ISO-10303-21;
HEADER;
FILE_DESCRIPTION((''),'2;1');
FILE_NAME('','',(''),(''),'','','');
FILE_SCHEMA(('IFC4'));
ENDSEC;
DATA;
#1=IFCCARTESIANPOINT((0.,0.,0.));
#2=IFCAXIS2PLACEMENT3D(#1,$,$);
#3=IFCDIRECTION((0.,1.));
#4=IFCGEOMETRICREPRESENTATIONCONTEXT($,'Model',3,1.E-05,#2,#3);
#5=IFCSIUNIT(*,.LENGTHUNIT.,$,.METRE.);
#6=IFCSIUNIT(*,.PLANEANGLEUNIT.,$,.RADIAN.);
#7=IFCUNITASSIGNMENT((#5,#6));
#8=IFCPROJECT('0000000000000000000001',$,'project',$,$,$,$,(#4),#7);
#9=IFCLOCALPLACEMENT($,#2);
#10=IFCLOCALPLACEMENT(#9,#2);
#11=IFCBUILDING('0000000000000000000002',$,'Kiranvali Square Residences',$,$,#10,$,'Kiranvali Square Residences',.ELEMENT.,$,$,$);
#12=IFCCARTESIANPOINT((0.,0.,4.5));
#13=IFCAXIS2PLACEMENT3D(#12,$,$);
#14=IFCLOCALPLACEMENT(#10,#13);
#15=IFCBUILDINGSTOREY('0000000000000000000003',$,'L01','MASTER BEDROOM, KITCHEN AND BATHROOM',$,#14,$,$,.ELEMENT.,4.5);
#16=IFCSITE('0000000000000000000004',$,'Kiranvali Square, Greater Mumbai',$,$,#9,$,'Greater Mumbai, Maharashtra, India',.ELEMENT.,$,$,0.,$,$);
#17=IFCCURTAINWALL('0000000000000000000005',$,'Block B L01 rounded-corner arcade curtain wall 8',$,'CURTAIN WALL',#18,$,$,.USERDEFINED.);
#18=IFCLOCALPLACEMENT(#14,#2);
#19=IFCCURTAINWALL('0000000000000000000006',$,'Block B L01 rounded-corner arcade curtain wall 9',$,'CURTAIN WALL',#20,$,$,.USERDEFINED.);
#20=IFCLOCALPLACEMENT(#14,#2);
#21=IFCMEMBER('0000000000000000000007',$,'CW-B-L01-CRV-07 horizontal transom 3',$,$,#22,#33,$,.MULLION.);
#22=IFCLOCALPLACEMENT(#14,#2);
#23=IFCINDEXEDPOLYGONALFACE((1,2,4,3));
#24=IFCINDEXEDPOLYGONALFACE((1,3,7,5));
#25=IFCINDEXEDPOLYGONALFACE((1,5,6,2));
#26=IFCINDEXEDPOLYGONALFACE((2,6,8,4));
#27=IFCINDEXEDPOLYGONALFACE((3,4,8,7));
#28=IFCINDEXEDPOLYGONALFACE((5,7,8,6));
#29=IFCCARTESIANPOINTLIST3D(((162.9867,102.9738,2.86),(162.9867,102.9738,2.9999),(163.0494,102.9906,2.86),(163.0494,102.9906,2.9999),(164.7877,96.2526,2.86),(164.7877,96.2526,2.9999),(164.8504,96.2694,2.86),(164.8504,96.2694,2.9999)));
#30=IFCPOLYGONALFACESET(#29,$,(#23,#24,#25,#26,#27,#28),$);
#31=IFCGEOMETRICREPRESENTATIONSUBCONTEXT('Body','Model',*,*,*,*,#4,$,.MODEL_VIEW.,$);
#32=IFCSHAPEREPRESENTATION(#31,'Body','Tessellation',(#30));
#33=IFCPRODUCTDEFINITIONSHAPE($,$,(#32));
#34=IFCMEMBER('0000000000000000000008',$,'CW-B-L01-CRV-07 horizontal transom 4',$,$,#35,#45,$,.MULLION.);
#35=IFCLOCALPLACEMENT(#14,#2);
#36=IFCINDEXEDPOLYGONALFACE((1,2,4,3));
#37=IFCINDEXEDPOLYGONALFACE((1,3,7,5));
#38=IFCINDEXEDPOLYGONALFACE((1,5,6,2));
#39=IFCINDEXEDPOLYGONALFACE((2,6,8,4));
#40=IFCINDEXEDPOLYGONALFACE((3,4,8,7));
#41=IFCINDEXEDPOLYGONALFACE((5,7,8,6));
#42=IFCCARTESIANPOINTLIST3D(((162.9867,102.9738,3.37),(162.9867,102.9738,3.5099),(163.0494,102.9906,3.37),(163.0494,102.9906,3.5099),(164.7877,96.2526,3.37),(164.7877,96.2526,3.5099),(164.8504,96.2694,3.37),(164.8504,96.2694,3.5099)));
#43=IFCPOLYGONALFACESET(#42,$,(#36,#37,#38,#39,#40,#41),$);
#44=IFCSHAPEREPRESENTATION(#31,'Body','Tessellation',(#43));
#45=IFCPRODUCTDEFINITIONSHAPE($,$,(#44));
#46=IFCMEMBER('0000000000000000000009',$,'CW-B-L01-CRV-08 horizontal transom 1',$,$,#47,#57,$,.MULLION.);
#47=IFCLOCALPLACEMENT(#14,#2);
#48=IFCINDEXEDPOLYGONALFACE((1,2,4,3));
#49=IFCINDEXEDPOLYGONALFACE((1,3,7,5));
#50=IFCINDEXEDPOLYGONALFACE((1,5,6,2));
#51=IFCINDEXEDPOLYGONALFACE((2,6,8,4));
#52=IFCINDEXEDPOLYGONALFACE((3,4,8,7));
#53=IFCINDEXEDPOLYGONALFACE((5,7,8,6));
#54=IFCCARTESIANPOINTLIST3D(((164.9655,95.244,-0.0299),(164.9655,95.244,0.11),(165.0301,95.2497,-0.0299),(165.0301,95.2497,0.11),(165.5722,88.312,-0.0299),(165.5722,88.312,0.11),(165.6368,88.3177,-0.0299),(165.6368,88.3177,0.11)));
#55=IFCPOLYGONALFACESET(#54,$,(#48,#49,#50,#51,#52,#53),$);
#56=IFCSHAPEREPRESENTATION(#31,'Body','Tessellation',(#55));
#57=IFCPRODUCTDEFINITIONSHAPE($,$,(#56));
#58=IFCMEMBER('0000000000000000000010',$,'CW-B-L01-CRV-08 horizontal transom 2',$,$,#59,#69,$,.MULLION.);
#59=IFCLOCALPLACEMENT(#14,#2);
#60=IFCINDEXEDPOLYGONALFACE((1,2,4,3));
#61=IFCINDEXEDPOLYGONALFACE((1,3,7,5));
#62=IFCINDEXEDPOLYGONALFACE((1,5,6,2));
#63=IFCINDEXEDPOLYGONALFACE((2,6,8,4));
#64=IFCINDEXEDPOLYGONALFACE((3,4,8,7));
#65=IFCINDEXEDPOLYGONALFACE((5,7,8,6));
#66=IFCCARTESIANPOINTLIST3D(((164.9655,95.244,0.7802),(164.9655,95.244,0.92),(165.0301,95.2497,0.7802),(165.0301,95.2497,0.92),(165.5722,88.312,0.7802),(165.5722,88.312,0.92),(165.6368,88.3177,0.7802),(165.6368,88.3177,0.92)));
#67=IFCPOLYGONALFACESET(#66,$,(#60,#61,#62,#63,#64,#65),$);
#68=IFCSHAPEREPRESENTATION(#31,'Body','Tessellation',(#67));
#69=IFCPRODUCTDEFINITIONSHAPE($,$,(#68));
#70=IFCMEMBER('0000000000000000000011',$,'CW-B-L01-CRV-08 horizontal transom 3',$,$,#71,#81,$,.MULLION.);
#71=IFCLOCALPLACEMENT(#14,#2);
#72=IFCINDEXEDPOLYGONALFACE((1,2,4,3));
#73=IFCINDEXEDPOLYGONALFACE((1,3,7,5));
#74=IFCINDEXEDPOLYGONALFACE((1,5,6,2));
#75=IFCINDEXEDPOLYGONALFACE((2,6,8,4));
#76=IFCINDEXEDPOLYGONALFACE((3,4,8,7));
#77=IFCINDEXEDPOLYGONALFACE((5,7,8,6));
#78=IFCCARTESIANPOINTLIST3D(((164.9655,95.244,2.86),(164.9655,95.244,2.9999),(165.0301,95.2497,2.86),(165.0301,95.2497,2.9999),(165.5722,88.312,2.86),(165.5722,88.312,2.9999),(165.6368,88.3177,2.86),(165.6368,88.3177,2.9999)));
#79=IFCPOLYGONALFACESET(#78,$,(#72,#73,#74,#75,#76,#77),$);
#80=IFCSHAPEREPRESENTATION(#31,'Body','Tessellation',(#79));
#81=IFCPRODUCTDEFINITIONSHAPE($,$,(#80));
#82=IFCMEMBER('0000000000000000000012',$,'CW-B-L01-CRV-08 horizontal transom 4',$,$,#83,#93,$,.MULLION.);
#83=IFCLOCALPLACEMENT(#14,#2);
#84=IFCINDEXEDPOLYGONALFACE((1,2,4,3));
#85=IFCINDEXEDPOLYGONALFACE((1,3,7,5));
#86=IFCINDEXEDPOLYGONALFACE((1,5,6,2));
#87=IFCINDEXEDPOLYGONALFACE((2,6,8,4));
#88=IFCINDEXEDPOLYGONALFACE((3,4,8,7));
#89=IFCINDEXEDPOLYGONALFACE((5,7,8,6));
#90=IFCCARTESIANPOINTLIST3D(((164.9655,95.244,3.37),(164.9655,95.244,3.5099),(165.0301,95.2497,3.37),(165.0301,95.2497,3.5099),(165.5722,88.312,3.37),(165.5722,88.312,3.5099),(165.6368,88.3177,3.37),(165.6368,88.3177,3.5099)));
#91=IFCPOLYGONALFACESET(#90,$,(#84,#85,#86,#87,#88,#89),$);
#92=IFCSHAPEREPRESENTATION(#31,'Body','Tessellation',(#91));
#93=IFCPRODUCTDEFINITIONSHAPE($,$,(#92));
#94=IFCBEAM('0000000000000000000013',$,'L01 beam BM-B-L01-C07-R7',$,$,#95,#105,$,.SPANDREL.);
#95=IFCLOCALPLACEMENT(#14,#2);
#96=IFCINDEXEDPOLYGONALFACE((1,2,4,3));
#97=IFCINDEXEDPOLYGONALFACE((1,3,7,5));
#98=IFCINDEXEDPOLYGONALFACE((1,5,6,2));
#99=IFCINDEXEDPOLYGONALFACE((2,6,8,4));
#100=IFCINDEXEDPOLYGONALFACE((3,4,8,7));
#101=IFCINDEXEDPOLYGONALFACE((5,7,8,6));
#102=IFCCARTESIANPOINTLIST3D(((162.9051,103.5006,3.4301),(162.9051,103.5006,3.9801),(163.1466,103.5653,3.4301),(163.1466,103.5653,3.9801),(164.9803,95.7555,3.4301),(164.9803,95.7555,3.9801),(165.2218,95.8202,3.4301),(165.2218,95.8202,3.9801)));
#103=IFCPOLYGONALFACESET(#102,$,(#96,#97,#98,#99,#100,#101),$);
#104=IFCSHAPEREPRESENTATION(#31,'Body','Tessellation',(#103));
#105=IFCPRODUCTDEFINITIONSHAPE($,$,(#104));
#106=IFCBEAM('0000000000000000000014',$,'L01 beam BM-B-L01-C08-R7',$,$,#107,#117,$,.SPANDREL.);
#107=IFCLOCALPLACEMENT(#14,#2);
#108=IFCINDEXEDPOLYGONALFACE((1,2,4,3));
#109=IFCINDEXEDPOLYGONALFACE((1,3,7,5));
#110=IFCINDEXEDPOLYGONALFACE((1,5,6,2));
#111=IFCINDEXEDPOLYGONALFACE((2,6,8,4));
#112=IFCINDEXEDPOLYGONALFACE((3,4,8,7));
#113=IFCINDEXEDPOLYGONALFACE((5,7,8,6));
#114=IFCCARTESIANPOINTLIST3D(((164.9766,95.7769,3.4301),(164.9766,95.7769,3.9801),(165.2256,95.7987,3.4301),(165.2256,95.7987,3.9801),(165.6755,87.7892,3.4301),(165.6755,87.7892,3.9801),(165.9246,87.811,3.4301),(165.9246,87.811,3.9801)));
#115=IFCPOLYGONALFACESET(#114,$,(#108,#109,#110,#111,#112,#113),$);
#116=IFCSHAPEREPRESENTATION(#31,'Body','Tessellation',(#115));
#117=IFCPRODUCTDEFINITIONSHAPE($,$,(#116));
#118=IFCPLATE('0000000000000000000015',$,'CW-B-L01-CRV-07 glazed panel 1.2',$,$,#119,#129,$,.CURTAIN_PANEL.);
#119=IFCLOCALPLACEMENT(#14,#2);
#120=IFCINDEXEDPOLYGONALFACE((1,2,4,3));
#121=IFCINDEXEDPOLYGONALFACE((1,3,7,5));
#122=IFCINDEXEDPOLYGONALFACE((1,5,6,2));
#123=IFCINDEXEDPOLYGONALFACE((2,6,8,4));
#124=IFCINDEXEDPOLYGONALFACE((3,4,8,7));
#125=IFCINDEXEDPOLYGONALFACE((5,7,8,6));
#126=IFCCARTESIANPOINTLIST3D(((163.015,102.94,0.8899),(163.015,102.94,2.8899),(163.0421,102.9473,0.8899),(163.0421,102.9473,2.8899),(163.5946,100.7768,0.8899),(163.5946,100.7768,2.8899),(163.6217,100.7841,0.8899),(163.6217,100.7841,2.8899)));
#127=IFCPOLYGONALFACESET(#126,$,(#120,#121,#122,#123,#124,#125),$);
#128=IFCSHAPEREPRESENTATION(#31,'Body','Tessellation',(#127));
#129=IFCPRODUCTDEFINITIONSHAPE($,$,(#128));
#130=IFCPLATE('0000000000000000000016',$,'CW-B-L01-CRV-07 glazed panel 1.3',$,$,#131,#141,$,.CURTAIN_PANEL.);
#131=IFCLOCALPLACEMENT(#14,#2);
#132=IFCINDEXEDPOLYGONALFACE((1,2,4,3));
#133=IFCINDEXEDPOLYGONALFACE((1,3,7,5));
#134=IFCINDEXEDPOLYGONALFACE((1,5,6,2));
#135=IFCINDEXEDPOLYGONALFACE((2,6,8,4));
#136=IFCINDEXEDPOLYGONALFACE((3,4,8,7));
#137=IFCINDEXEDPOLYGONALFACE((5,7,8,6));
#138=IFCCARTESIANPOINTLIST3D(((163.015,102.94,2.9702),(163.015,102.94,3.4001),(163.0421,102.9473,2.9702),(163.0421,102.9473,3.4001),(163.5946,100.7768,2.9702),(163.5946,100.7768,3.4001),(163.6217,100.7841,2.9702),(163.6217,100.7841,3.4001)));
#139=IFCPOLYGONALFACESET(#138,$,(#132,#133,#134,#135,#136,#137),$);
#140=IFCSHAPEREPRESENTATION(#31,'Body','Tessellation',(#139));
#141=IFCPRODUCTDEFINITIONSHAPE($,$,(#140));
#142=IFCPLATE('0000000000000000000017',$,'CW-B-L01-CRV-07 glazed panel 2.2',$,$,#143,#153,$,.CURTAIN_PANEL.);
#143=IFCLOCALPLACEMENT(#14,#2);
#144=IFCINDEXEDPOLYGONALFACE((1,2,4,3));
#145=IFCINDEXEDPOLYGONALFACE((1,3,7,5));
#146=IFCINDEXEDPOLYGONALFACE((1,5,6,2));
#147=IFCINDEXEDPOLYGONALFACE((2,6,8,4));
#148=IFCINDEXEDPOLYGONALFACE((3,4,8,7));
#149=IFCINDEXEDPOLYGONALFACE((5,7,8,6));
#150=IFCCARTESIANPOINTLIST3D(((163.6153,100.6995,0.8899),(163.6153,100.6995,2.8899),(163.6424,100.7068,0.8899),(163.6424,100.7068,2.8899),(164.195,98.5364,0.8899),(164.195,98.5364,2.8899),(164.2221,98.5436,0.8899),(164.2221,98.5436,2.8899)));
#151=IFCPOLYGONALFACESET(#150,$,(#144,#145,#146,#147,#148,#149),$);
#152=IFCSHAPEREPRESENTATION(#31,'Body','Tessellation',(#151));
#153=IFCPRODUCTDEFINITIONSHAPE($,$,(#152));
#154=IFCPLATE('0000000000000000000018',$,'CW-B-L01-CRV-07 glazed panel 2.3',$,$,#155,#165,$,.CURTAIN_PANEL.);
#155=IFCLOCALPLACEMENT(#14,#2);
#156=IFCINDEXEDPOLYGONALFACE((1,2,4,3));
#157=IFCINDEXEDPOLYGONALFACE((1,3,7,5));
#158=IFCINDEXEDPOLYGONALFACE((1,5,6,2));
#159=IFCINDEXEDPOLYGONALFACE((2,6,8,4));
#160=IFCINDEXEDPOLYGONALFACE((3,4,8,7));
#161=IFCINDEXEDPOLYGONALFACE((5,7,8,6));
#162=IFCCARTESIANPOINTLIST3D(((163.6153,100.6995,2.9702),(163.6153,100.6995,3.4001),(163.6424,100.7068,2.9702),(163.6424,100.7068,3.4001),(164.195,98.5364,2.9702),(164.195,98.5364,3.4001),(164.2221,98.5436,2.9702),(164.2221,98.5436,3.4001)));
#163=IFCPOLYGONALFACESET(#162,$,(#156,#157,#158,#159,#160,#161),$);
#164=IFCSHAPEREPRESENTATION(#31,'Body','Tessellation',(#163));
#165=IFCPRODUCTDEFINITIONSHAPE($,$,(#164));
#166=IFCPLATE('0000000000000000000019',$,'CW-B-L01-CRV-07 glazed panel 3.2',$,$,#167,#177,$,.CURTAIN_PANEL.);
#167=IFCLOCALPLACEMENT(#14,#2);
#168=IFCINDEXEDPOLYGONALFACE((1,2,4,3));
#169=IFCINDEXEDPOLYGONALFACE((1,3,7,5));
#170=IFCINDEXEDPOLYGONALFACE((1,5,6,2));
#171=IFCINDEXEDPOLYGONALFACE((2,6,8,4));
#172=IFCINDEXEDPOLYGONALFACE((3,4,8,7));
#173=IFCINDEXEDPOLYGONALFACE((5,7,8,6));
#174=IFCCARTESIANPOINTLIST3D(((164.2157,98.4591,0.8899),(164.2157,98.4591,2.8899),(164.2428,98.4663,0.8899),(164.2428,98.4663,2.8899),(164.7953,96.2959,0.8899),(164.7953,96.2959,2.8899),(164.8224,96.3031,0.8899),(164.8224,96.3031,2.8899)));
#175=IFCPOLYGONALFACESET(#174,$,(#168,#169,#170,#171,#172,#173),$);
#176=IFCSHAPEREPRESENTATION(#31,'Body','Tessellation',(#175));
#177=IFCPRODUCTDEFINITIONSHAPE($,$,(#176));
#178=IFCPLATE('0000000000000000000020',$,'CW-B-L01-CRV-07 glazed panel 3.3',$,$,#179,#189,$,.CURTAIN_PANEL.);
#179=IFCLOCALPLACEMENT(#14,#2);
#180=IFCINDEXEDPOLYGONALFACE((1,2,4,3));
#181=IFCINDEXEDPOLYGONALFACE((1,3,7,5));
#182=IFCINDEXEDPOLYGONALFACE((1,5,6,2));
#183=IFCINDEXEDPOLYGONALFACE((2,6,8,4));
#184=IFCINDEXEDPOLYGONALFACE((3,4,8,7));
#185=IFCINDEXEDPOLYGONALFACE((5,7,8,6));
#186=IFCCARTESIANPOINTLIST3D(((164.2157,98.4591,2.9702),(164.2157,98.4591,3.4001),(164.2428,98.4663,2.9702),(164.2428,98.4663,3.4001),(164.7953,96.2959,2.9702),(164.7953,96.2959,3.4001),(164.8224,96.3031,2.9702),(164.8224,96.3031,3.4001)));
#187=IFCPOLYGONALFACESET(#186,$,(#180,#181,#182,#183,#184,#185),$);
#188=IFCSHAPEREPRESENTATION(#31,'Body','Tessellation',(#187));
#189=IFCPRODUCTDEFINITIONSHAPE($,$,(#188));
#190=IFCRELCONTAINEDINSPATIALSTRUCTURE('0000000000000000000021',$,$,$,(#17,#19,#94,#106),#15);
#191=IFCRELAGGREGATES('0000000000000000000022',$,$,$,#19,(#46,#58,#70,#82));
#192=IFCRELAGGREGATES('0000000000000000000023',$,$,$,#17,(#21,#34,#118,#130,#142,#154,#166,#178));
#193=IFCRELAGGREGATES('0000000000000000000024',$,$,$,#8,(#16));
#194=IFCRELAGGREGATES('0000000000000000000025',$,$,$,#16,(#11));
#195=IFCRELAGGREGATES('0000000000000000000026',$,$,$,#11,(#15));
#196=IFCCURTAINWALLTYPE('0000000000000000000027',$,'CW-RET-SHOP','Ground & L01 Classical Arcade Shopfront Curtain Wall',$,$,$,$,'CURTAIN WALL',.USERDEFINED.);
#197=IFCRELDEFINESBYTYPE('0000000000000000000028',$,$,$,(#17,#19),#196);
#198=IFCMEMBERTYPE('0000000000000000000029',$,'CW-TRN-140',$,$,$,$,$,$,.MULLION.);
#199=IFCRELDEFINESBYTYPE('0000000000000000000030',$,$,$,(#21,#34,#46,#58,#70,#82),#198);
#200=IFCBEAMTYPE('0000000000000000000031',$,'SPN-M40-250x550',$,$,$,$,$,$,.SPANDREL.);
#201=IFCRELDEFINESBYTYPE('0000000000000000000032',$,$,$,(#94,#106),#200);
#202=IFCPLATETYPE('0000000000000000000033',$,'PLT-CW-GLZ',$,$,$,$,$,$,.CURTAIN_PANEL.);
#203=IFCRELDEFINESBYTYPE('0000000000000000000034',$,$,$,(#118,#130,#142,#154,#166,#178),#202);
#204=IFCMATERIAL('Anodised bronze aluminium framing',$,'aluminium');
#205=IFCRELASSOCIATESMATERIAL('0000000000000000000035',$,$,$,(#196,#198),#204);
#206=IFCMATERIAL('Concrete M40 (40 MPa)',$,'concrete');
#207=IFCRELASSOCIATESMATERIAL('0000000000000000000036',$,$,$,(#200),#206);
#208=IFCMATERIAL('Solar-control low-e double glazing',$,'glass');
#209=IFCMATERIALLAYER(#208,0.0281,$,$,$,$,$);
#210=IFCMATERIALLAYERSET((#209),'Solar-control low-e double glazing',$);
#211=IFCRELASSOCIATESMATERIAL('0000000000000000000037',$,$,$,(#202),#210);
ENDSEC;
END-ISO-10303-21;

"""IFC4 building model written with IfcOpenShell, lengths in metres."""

from ifc_helpers import new_model, si_unit, direction, frame, origin, origin_2d, place, context, subcontext, project, spatial, rectangle, extrude, material, layer, layer_set, material_profile, profile_set, type_object, element, aggregate, save


model = new_model("IFC4")

# Units and contexts
model_context = context("Model", 3, precision=1e-05, world=origin(), true_north=direction((0.0, 1.0)))
body_context = subcontext(model_context, "Body", "Model", "MODEL_VIEW")
ifc_project = project(units=[si_unit("LENGTHUNIT", "METRE"), si_unit("PLANEANGLEUNIT", "RADIAN")], contexts=[model_context])

# Site, building, storey
site_placement = place(None, origin())
site = spatial("IfcSite", under=ifc_project, at=site_placement, Name="Kiranvali Square, Greater Mumbai", LongName="Greater Mumbai, Maharashtra, India", CompositionType="ELEMENT", RefElevation=0.0)
building_placement = place(site_placement, origin())
building = spatial("IfcBuilding", under=site, at=building_placement, Name="Kiranvali Square Residences", LongName="Kiranvali Square Residences", CompositionType="ELEMENT")
storey_placement = place(building_placement, frame((0.0, 0.0, 4.5)))
storey = spatial("IfcBuildingStorey", under=building, at=storey_placement, Name="L01", Description="MASTER BEDROOM, KITCHEN AND BATHROOM", CompositionType="ELEMENT", Elevation=4.5)

# Shared definitions
ifc_material_1 = material(Name="Concrete M40 (40 MPa)", Category="concrete")

# Shared definitions
ifc_material_2 = material(Name="Anodised bronze aluminium framing", Category="aluminium")
curtain_wall_type = type_object("IfcCurtainWallType", Name="CW-RET-SHOP", Description="Ground & L01 Classical Arcade Shopfront Curtain Wall", ElementType="CURTAIN WALL", PredefinedType="USERDEFINED", material=ifc_material_2)

# Curtain wall
curtain_wall_1_placement = place(storey_placement, origin())
curtain_wall_1 = element("IfcCurtainWall", 1, at=curtain_wall_1_placement, inside=storey, type_object=curtain_wall_type, Name="Block B L01 rounded-corner arcade curtain wall 8", ObjectType="CURTAIN WALL", PredefinedType="USERDEFINED")

# Curtain wall
curtain_wall_2_placement = place(storey_placement, origin())
curtain_wall_2 = element("IfcCurtainWall", 2, at=curtain_wall_2_placement, inside=storey, type_object=curtain_wall_type, Name="Block B L01 rounded-corner arcade curtain wall 9", ObjectType="CURTAIN WALL", PredefinedType="USERDEFINED")

# Members
ifc_material_profile_1 = material_profile(ifc_material_2, rectangle(XDim=0.0649, YDim=0.1399, at=origin_2d()), Name="ALU 65x140")
ifc_profile_set_1 = profile_set([ifc_material_profile_1], Name="Anodised bronze aluminium framing")
member_type_1 = type_object("IfcMemberType", Name="CW-TRN-140", PredefinedType="MULLION", material=ifc_profile_set_1)
member_1_placement = place(storey_placement, frame((163.0181, 102.9822, 2.9299), z_axis=(0.258831, -0.965923, 0.0), x_axis=(0.965923, 0.258831, 0.0)))
member_1 = element("IfcMember", 3, at=member_1_placement, type_object=member_type_1, Name="CW-B-L01-CRV-07 horizontal transom 3", PredefinedType="MULLION", context=body_context, shape_type="SweptSolid", body=[
    extrude(rectangle(XDim=0.0649, YDim=0.1399, at=origin_2d()), origin(), (0.0, 0.0, 1.0), 6.9583),
])
member_2_placement = place(storey_placement, frame((163.0181, 102.9822, 3.4399), z_axis=(0.258831, -0.965923, 0.0), x_axis=(0.965923, 0.258831, 0.0)))
member_2 = element("IfcMember", 4, at=member_2_placement, type_object=member_type_1, Name="CW-B-L01-CRV-07 horizontal transom 4", PredefinedType="MULLION", context=body_context, shape_type="SweptSolid", body=[
    extrude(rectangle(XDim=0.0649, YDim=0.1399, at=origin_2d()), origin(), (0.0, 0.0, 1.0), 6.9583),
])
member_3_placement = place(storey_placement, frame((164.9978, 95.2468, 0.04), z_axis=(0.087188, -0.996192, 0.0), x_axis=(0.996192, 0.087188, 0.0)))
member_3 = element("IfcMember", 5, at=member_3_placement, type_object=member_type_1, Name="CW-B-L01-CRV-08 horizontal transom 1", PredefinedType="MULLION", context=body_context, shape_type="SweptSolid", body=[
    extrude(rectangle(XDim=0.0649, YDim=0.1399, at=origin_2d()), origin(), (0.0, 0.0, 1.0), 6.9585),
])
member_4_placement = place(storey_placement, frame((164.9978, 95.2468, 0.8501), z_axis=(0.087188, -0.996192, 0.0), x_axis=(0.996192, 0.087188, 0.0)))
member_4 = element("IfcMember", 6, at=member_4_placement, type_object=member_type_1, Name="CW-B-L01-CRV-08 horizontal transom 2", PredefinedType="MULLION", context=body_context, shape_type="SweptSolid", body=[
    extrude(rectangle(XDim=0.0649, YDim=0.1399, at=origin_2d()), origin(), (0.0, 0.0, 1.0), 6.9585),
])
member_5_placement = place(storey_placement, frame((164.9978, 95.2468, 2.9299), z_axis=(0.087188, -0.996192, 0.0), x_axis=(0.996192, 0.087188, 0.0)))
member_5 = element("IfcMember", 7, at=member_5_placement, type_object=member_type_1, Name="CW-B-L01-CRV-08 horizontal transom 3", PredefinedType="MULLION", context=body_context, shape_type="SweptSolid", body=[
    extrude(rectangle(XDim=0.0649, YDim=0.1399, at=origin_2d()), origin(), (0.0, 0.0, 1.0), 6.9585),
])
member_6_placement = place(storey_placement, frame((164.9978, 95.2468, 3.4399), z_axis=(0.087188, -0.996192, 0.0), x_axis=(0.996192, 0.087188, 0.0)))
member_6 = element("IfcMember", 8, at=member_6_placement, type_object=member_type_1, Name="CW-B-L01-CRV-08 horizontal transom 4", PredefinedType="MULLION", context=body_context, shape_type="SweptSolid", body=[
    extrude(rectangle(XDim=0.0649, YDim=0.1399, at=origin_2d()), origin(), (0.0, 0.0, 1.0), 6.9585),
])
aggregate(curtain_wall_2, [member_3, member_4, member_5, member_6])

# Beams
ifc_material_profile_2 = material_profile(ifc_material_1, rectangle(XDim=0.25, YDim=0.55, at=origin_2d()), Name="RC 250x550")
ifc_profile_set_2 = profile_set([ifc_material_profile_2], Name="Concrete M40 (40 MPa)")
beam_type_1 = type_object("IfcBeamType", Name="SPN-M40-250x550", PredefinedType="SPANDREL", material=ifc_profile_set_2)
for number, where, z_axis, x_axis, name in (
    (9, (163.0259, 103.533, 3.7051), (0.258807, -0.965929, 0.0), (0.965929, 0.258807, 0.0), "L01 beam BM-B-L01-C07-R7"),
    (10, (165.1011, 95.7878, 3.7051), (0.087172, -0.996193, 0.0), (0.996193, 0.087172, 0.0), "L01 beam BM-B-L01-C08-R7"),
):
    element("IfcBeam", number, at=place(storey_placement, frame(where, z_axis=z_axis, x_axis=x_axis)), inside=storey, type_object=beam_type_1, Name=name, PredefinedType="SPANDREL", context=body_context, shape_type="SweptSolid", body=[
        extrude(rectangle(XDim=0.25, YDim=0.55, at=origin_2d()), origin(), (0.0, 0.0, 1.0), 8.0183),
    ])

# Plates
ifc_material_3 = material(Name="Solar-control low-e double glazing", Category="glass")
ifc_layer_1 = layer(ifc_material_3, 0.0281)
ifc_layer_set_1 = layer_set([ifc_layer_1], Name="Solar-control low-e double glazing")
plate_type_1 = type_object("IfcPlateType", Name="PLT-CW-GLZ", PredefinedType="CURTAIN_PANEL", material=ifc_layer_set_1)
plate_1_placement = place(storey_placement, frame((163.3184, 101.8621, 0.8899), z_axis=(0.0, 0.0, 1.0), x_axis=(0.258819, -0.965926, 0.0)))
plate_1 = element("IfcPlate", 11, at=plate_1_placement, type_object=plate_type_1, Name="CW-B-L01-CRV-07 glazed panel 1.2", PredefinedType="CURTAIN_PANEL", context=body_context, shape_type="SweptSolid", body=[
    extrude(rectangle(XDim=2.2395, YDim=0.0281, at=origin_2d()), origin(), (0.0, 0.0, 1.0), 2.0),
])
plate_2_placement = place(storey_placement, frame((163.3184, 101.8621, 2.9702), z_axis=(0.0, 0.0, 1.0), x_axis=(0.258819, -0.965926, 0.0)))
plate_2 = element("IfcPlate", 12, at=plate_2_placement, type_object=plate_type_1, Name="CW-B-L01-CRV-07 glazed panel 1.3", PredefinedType="CURTAIN_PANEL", context=body_context, shape_type="SweptSolid", body=[
    extrude(rectangle(XDim=2.2395, YDim=0.0281, at=origin_2d()), origin(), (0.0, 0.0, 1.0), 0.4299),
])
plate_3_placement = place(storey_placement, frame((163.9187, 99.6216, 0.8899), z_axis=(0.0, 0.0, 1.0), x_axis=(0.258819, -0.965926, 0.0)))
plate_3 = element("IfcPlate", 13, at=plate_3_placement, type_object=plate_type_1, Name="CW-B-L01-CRV-07 glazed panel 2.2", PredefinedType="CURTAIN_PANEL", context=body_context, shape_type="SweptSolid", body=[
    extrude(rectangle(XDim=2.2395, YDim=0.0281, at=origin_2d()), origin(), (0.0, 0.0, 1.0), 2.0),
])
plate_4_placement = place(storey_placement, frame((163.9187, 99.6216, 2.9702), z_axis=(0.0, 0.0, 1.0), x_axis=(0.258819, -0.965926, 0.0)))
plate_4 = element("IfcPlate", 14, at=plate_4_placement, type_object=plate_type_1, Name="CW-B-L01-CRV-07 glazed panel 2.3", PredefinedType="CURTAIN_PANEL", context=body_context, shape_type="SweptSolid", body=[
    extrude(rectangle(XDim=2.2395, YDim=0.0281, at=origin_2d()), origin(), (0.0, 0.0, 1.0), 0.4299),
])
plate_5_placement = place(storey_placement, frame((164.519, 97.3811, 0.8899), z_axis=(0.0, 0.0, 1.0), x_axis=(0.258819, -0.965926, 0.0)))
plate_5 = element("IfcPlate", 15, at=plate_5_placement, type_object=plate_type_1, Name="CW-B-L01-CRV-07 glazed panel 3.2", PredefinedType="CURTAIN_PANEL", context=body_context, shape_type="SweptSolid", body=[
    extrude(rectangle(XDim=2.2395, YDim=0.0281, at=origin_2d()), origin(), (0.0, 0.0, 1.0), 2.0),
])
plate_6_placement = place(storey_placement, frame((164.519, 97.3811, 2.9702), z_axis=(0.0, 0.0, 1.0), x_axis=(0.258819, -0.965926, 0.0)))
plate_6 = element("IfcPlate", 16, at=plate_6_placement, type_object=plate_type_1, Name="CW-B-L01-CRV-07 glazed panel 3.3", PredefinedType="CURTAIN_PANEL", context=body_context, shape_type="SweptSolid", body=[
    extrude(rectangle(XDim=2.2395, YDim=0.0281, at=origin_2d()), origin(), (0.0, 0.0, 1.0), 0.4299),
])
aggregate(curtain_wall_1, [member_1, member_2, plate_1, plate_2, plate_3, plate_4, plate_5, plate_6])

save(model, "model.ifc")
